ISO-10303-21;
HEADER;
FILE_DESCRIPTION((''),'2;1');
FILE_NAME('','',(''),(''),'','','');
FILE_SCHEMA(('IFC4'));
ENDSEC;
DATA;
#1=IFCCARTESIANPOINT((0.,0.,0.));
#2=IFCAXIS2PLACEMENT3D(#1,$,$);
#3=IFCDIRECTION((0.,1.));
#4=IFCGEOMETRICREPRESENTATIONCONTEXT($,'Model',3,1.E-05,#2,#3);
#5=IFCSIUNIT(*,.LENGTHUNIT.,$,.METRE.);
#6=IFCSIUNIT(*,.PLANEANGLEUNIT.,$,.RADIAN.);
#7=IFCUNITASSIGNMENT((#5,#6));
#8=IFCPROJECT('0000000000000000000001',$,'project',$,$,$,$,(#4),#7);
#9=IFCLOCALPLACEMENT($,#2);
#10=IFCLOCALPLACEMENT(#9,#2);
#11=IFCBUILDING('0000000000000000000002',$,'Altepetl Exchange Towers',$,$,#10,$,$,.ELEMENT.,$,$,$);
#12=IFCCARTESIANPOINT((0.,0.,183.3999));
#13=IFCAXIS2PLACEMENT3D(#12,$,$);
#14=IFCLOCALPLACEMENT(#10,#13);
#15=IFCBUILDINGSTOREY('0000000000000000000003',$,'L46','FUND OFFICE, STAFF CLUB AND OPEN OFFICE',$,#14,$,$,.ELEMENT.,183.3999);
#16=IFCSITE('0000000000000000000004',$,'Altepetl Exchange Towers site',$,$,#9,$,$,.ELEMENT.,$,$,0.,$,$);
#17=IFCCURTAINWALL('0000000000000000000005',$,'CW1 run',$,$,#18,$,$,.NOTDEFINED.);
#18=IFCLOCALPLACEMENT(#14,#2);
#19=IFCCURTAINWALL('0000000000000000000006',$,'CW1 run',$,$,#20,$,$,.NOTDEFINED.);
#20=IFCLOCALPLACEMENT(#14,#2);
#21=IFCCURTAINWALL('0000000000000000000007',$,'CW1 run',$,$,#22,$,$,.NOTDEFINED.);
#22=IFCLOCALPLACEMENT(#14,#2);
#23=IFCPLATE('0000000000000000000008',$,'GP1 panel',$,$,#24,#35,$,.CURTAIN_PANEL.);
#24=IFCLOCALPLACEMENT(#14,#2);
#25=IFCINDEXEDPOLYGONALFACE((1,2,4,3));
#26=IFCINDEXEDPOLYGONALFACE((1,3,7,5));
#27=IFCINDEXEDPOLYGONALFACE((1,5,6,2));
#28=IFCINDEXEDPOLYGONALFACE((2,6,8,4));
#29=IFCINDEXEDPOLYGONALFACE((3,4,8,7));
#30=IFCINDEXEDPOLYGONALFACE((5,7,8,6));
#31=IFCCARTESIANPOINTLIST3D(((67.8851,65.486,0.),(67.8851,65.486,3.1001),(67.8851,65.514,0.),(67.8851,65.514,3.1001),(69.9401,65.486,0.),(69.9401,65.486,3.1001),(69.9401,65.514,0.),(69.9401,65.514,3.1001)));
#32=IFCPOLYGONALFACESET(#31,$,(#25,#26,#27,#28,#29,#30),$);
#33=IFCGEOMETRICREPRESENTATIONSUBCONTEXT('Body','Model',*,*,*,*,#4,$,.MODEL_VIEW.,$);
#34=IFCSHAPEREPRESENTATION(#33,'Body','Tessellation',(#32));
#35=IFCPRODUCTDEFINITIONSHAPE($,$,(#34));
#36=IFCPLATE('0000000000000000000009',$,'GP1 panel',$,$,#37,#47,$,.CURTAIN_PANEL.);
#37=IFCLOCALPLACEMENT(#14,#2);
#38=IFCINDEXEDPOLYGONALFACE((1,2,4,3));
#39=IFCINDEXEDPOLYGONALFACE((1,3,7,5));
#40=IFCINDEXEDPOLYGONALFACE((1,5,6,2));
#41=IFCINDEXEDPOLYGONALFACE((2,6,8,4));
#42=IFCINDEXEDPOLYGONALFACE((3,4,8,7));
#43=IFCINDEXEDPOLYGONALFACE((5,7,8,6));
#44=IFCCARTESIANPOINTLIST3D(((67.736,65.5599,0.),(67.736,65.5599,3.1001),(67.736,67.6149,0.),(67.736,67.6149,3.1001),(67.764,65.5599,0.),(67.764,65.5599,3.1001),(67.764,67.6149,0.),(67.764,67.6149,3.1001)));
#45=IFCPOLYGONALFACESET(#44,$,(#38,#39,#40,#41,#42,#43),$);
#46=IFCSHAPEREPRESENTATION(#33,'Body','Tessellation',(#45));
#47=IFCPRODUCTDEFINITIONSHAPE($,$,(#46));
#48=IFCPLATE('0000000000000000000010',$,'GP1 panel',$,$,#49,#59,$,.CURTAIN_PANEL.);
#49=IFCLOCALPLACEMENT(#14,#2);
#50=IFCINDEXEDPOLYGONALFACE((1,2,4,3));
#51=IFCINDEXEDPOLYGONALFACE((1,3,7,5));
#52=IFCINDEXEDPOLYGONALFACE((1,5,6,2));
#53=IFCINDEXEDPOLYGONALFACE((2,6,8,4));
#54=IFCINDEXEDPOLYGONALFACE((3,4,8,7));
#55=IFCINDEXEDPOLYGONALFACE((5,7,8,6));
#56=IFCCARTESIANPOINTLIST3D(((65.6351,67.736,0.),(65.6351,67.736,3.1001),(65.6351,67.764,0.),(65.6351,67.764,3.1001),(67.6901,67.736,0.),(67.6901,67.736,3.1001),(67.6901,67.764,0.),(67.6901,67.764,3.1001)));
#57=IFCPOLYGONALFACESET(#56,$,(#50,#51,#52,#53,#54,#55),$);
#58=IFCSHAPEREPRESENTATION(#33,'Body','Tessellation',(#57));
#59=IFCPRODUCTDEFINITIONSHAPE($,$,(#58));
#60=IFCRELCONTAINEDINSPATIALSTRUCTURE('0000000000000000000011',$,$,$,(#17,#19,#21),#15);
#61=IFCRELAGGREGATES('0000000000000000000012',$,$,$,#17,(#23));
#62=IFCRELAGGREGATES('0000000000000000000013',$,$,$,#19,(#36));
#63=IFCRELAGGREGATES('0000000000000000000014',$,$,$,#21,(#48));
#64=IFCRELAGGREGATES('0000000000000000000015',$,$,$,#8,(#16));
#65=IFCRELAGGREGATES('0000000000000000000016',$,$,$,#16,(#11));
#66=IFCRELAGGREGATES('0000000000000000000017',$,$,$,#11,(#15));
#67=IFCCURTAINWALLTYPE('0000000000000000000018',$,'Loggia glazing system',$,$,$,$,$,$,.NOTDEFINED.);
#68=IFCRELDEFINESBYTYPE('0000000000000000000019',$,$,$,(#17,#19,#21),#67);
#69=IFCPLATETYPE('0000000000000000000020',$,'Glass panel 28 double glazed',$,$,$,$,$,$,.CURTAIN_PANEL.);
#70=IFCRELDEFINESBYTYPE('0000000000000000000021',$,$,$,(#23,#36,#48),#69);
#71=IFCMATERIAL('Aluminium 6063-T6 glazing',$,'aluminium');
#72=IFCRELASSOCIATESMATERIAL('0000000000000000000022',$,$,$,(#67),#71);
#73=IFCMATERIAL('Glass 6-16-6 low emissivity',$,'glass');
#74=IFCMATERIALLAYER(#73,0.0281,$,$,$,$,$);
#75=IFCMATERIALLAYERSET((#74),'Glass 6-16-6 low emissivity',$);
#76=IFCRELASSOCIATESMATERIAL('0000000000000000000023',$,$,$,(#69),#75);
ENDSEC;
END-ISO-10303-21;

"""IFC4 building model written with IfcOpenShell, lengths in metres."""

from ifc_helpers import new_model, si_unit, direction, frame, origin, origin_2d, place, context, subcontext, project, spatial, rectangle, extrude, material, layer, layer_set, type_object, element, aggregate, save


model = new_model("IFC4")

# Units and contexts
model_context = context("Model", 3, precision=1e-05, world=origin(), true_north=direction((0.0, 1.0)))
body_context = subcontext(model_context, "Body", "Model", "MODEL_VIEW")
ifc_project = project(units=[si_unit("LENGTHUNIT", "METRE"), si_unit("PLANEANGLEUNIT", "RADIAN")], contexts=[model_context])

# Site, building, storey
site_placement = place(None, origin())
site = spatial("IfcSite", under=ifc_project, at=site_placement, Name="Altepetl Exchange Towers site", CompositionType="ELEMENT", RefElevation=0.0)
building_placement = place(site_placement, origin())
building = spatial("IfcBuilding", under=site, at=building_placement, Name="Altepetl Exchange Towers", CompositionType="ELEMENT")
storey_placement = place(building_placement, frame((0.0, 0.0, 183.3999)))
storey = spatial("IfcBuildingStorey", under=building, at=storey_placement, Name="L46", Description="FUND OFFICE, STAFF CLUB AND OPEN OFFICE", CompositionType="ELEMENT", Elevation=183.3999)

# Curtain walls
ifc_material_1 = material(Name="Aluminium 6063-T6 glazing", Category="aluminium")
curtain_wall_type = type_object("IfcCurtainWallType", Name="Loggia glazing system", PredefinedType="NOTDEFINED", material=ifc_material_1)
curtain_wall_1_placement = place(storey_placement, origin())
curtain_wall_1 = element("IfcCurtainWall", 1, at=curtain_wall_1_placement, inside=storey, type_object=curtain_wall_type, Name="CW1 run", PredefinedType="NOTDEFINED")
curtain_wall_2_placement = place(storey_placement, origin())
curtain_wall_2 = element("IfcCurtainWall", 2, at=curtain_wall_2_placement, inside=storey, type_object=curtain_wall_type, Name="CW1 run", PredefinedType="NOTDEFINED")
curtain_wall_3_placement = place(storey_placement, origin())
curtain_wall_3 = element("IfcCurtainWall", 3, at=curtain_wall_3_placement, inside=storey, type_object=curtain_wall_type, Name="CW1 run", PredefinedType="NOTDEFINED")

# Plates
ifc_material_2 = material(Name="Glass 6-16-6 low emissivity", Category="glass")
ifc_layer = layer(ifc_material_2, 0.0281)
ifc_layer_set = layer_set([ifc_layer], Name="Glass 6-16-6 low emissivity")
plate_type = type_object("IfcPlateType", Name="Glass panel 28 double glazed", PredefinedType="CURTAIN_PANEL", material=ifc_layer_set)
plate_1_placement = place(storey_placement, frame((68.9126, 65.5, 0.0), z_axis=(0.0, 0.0, 1.0), x_axis=(-1.0, 0.0, 0.0)))
plate_1 = element("IfcPlate", 4, at=plate_1_placement, type_object=plate_type, Name="GP1 panel", PredefinedType="CURTAIN_PANEL", context=body_context, shape_type="SweptSolid", body=[
    extrude(rectangle(XDim=2.0549, YDim=0.0281, at=origin_2d()), origin(), (0.0, 0.0, 1.0), 3.1001),
])
aggregate(curtain_wall_1, [plate_1])
plate_2_placement = place(storey_placement, frame((67.75, 66.5874, 0.0), z_axis=(0.0, 0.0, 1.0), x_axis=(0.0, 1.0, 0.0)))
plate_2 = element("IfcPlate", 5, at=plate_2_placement, type_object=plate_type, Name="GP1 panel", PredefinedType="CURTAIN_PANEL", context=body_context, shape_type="SweptSolid", body=[
    extrude(rectangle(XDim=2.0549, YDim=0.0281, at=origin_2d()), origin(), (0.0, 0.0, 1.0), 3.1001),
])
aggregate(curtain_wall_2, [plate_2])
plate_3_placement = place(storey_placement, frame((66.6626, 67.75, 0.0), z_axis=(0.0, 0.0, 1.0), x_axis=(-1.0, 0.0, 0.0)))
plate_3 = element("IfcPlate", 6, at=plate_3_placement, type_object=plate_type, Name="GP1 panel", PredefinedType="CURTAIN_PANEL", context=body_context, shape_type="SweptSolid", body=[
    extrude(rectangle(XDim=2.0549, YDim=0.0281, at=origin_2d()), origin(), (0.0, 0.0, 1.0), 3.1001),
])
aggregate(curtain_wall_3, [plate_3])

save(model, "model.ifc")
